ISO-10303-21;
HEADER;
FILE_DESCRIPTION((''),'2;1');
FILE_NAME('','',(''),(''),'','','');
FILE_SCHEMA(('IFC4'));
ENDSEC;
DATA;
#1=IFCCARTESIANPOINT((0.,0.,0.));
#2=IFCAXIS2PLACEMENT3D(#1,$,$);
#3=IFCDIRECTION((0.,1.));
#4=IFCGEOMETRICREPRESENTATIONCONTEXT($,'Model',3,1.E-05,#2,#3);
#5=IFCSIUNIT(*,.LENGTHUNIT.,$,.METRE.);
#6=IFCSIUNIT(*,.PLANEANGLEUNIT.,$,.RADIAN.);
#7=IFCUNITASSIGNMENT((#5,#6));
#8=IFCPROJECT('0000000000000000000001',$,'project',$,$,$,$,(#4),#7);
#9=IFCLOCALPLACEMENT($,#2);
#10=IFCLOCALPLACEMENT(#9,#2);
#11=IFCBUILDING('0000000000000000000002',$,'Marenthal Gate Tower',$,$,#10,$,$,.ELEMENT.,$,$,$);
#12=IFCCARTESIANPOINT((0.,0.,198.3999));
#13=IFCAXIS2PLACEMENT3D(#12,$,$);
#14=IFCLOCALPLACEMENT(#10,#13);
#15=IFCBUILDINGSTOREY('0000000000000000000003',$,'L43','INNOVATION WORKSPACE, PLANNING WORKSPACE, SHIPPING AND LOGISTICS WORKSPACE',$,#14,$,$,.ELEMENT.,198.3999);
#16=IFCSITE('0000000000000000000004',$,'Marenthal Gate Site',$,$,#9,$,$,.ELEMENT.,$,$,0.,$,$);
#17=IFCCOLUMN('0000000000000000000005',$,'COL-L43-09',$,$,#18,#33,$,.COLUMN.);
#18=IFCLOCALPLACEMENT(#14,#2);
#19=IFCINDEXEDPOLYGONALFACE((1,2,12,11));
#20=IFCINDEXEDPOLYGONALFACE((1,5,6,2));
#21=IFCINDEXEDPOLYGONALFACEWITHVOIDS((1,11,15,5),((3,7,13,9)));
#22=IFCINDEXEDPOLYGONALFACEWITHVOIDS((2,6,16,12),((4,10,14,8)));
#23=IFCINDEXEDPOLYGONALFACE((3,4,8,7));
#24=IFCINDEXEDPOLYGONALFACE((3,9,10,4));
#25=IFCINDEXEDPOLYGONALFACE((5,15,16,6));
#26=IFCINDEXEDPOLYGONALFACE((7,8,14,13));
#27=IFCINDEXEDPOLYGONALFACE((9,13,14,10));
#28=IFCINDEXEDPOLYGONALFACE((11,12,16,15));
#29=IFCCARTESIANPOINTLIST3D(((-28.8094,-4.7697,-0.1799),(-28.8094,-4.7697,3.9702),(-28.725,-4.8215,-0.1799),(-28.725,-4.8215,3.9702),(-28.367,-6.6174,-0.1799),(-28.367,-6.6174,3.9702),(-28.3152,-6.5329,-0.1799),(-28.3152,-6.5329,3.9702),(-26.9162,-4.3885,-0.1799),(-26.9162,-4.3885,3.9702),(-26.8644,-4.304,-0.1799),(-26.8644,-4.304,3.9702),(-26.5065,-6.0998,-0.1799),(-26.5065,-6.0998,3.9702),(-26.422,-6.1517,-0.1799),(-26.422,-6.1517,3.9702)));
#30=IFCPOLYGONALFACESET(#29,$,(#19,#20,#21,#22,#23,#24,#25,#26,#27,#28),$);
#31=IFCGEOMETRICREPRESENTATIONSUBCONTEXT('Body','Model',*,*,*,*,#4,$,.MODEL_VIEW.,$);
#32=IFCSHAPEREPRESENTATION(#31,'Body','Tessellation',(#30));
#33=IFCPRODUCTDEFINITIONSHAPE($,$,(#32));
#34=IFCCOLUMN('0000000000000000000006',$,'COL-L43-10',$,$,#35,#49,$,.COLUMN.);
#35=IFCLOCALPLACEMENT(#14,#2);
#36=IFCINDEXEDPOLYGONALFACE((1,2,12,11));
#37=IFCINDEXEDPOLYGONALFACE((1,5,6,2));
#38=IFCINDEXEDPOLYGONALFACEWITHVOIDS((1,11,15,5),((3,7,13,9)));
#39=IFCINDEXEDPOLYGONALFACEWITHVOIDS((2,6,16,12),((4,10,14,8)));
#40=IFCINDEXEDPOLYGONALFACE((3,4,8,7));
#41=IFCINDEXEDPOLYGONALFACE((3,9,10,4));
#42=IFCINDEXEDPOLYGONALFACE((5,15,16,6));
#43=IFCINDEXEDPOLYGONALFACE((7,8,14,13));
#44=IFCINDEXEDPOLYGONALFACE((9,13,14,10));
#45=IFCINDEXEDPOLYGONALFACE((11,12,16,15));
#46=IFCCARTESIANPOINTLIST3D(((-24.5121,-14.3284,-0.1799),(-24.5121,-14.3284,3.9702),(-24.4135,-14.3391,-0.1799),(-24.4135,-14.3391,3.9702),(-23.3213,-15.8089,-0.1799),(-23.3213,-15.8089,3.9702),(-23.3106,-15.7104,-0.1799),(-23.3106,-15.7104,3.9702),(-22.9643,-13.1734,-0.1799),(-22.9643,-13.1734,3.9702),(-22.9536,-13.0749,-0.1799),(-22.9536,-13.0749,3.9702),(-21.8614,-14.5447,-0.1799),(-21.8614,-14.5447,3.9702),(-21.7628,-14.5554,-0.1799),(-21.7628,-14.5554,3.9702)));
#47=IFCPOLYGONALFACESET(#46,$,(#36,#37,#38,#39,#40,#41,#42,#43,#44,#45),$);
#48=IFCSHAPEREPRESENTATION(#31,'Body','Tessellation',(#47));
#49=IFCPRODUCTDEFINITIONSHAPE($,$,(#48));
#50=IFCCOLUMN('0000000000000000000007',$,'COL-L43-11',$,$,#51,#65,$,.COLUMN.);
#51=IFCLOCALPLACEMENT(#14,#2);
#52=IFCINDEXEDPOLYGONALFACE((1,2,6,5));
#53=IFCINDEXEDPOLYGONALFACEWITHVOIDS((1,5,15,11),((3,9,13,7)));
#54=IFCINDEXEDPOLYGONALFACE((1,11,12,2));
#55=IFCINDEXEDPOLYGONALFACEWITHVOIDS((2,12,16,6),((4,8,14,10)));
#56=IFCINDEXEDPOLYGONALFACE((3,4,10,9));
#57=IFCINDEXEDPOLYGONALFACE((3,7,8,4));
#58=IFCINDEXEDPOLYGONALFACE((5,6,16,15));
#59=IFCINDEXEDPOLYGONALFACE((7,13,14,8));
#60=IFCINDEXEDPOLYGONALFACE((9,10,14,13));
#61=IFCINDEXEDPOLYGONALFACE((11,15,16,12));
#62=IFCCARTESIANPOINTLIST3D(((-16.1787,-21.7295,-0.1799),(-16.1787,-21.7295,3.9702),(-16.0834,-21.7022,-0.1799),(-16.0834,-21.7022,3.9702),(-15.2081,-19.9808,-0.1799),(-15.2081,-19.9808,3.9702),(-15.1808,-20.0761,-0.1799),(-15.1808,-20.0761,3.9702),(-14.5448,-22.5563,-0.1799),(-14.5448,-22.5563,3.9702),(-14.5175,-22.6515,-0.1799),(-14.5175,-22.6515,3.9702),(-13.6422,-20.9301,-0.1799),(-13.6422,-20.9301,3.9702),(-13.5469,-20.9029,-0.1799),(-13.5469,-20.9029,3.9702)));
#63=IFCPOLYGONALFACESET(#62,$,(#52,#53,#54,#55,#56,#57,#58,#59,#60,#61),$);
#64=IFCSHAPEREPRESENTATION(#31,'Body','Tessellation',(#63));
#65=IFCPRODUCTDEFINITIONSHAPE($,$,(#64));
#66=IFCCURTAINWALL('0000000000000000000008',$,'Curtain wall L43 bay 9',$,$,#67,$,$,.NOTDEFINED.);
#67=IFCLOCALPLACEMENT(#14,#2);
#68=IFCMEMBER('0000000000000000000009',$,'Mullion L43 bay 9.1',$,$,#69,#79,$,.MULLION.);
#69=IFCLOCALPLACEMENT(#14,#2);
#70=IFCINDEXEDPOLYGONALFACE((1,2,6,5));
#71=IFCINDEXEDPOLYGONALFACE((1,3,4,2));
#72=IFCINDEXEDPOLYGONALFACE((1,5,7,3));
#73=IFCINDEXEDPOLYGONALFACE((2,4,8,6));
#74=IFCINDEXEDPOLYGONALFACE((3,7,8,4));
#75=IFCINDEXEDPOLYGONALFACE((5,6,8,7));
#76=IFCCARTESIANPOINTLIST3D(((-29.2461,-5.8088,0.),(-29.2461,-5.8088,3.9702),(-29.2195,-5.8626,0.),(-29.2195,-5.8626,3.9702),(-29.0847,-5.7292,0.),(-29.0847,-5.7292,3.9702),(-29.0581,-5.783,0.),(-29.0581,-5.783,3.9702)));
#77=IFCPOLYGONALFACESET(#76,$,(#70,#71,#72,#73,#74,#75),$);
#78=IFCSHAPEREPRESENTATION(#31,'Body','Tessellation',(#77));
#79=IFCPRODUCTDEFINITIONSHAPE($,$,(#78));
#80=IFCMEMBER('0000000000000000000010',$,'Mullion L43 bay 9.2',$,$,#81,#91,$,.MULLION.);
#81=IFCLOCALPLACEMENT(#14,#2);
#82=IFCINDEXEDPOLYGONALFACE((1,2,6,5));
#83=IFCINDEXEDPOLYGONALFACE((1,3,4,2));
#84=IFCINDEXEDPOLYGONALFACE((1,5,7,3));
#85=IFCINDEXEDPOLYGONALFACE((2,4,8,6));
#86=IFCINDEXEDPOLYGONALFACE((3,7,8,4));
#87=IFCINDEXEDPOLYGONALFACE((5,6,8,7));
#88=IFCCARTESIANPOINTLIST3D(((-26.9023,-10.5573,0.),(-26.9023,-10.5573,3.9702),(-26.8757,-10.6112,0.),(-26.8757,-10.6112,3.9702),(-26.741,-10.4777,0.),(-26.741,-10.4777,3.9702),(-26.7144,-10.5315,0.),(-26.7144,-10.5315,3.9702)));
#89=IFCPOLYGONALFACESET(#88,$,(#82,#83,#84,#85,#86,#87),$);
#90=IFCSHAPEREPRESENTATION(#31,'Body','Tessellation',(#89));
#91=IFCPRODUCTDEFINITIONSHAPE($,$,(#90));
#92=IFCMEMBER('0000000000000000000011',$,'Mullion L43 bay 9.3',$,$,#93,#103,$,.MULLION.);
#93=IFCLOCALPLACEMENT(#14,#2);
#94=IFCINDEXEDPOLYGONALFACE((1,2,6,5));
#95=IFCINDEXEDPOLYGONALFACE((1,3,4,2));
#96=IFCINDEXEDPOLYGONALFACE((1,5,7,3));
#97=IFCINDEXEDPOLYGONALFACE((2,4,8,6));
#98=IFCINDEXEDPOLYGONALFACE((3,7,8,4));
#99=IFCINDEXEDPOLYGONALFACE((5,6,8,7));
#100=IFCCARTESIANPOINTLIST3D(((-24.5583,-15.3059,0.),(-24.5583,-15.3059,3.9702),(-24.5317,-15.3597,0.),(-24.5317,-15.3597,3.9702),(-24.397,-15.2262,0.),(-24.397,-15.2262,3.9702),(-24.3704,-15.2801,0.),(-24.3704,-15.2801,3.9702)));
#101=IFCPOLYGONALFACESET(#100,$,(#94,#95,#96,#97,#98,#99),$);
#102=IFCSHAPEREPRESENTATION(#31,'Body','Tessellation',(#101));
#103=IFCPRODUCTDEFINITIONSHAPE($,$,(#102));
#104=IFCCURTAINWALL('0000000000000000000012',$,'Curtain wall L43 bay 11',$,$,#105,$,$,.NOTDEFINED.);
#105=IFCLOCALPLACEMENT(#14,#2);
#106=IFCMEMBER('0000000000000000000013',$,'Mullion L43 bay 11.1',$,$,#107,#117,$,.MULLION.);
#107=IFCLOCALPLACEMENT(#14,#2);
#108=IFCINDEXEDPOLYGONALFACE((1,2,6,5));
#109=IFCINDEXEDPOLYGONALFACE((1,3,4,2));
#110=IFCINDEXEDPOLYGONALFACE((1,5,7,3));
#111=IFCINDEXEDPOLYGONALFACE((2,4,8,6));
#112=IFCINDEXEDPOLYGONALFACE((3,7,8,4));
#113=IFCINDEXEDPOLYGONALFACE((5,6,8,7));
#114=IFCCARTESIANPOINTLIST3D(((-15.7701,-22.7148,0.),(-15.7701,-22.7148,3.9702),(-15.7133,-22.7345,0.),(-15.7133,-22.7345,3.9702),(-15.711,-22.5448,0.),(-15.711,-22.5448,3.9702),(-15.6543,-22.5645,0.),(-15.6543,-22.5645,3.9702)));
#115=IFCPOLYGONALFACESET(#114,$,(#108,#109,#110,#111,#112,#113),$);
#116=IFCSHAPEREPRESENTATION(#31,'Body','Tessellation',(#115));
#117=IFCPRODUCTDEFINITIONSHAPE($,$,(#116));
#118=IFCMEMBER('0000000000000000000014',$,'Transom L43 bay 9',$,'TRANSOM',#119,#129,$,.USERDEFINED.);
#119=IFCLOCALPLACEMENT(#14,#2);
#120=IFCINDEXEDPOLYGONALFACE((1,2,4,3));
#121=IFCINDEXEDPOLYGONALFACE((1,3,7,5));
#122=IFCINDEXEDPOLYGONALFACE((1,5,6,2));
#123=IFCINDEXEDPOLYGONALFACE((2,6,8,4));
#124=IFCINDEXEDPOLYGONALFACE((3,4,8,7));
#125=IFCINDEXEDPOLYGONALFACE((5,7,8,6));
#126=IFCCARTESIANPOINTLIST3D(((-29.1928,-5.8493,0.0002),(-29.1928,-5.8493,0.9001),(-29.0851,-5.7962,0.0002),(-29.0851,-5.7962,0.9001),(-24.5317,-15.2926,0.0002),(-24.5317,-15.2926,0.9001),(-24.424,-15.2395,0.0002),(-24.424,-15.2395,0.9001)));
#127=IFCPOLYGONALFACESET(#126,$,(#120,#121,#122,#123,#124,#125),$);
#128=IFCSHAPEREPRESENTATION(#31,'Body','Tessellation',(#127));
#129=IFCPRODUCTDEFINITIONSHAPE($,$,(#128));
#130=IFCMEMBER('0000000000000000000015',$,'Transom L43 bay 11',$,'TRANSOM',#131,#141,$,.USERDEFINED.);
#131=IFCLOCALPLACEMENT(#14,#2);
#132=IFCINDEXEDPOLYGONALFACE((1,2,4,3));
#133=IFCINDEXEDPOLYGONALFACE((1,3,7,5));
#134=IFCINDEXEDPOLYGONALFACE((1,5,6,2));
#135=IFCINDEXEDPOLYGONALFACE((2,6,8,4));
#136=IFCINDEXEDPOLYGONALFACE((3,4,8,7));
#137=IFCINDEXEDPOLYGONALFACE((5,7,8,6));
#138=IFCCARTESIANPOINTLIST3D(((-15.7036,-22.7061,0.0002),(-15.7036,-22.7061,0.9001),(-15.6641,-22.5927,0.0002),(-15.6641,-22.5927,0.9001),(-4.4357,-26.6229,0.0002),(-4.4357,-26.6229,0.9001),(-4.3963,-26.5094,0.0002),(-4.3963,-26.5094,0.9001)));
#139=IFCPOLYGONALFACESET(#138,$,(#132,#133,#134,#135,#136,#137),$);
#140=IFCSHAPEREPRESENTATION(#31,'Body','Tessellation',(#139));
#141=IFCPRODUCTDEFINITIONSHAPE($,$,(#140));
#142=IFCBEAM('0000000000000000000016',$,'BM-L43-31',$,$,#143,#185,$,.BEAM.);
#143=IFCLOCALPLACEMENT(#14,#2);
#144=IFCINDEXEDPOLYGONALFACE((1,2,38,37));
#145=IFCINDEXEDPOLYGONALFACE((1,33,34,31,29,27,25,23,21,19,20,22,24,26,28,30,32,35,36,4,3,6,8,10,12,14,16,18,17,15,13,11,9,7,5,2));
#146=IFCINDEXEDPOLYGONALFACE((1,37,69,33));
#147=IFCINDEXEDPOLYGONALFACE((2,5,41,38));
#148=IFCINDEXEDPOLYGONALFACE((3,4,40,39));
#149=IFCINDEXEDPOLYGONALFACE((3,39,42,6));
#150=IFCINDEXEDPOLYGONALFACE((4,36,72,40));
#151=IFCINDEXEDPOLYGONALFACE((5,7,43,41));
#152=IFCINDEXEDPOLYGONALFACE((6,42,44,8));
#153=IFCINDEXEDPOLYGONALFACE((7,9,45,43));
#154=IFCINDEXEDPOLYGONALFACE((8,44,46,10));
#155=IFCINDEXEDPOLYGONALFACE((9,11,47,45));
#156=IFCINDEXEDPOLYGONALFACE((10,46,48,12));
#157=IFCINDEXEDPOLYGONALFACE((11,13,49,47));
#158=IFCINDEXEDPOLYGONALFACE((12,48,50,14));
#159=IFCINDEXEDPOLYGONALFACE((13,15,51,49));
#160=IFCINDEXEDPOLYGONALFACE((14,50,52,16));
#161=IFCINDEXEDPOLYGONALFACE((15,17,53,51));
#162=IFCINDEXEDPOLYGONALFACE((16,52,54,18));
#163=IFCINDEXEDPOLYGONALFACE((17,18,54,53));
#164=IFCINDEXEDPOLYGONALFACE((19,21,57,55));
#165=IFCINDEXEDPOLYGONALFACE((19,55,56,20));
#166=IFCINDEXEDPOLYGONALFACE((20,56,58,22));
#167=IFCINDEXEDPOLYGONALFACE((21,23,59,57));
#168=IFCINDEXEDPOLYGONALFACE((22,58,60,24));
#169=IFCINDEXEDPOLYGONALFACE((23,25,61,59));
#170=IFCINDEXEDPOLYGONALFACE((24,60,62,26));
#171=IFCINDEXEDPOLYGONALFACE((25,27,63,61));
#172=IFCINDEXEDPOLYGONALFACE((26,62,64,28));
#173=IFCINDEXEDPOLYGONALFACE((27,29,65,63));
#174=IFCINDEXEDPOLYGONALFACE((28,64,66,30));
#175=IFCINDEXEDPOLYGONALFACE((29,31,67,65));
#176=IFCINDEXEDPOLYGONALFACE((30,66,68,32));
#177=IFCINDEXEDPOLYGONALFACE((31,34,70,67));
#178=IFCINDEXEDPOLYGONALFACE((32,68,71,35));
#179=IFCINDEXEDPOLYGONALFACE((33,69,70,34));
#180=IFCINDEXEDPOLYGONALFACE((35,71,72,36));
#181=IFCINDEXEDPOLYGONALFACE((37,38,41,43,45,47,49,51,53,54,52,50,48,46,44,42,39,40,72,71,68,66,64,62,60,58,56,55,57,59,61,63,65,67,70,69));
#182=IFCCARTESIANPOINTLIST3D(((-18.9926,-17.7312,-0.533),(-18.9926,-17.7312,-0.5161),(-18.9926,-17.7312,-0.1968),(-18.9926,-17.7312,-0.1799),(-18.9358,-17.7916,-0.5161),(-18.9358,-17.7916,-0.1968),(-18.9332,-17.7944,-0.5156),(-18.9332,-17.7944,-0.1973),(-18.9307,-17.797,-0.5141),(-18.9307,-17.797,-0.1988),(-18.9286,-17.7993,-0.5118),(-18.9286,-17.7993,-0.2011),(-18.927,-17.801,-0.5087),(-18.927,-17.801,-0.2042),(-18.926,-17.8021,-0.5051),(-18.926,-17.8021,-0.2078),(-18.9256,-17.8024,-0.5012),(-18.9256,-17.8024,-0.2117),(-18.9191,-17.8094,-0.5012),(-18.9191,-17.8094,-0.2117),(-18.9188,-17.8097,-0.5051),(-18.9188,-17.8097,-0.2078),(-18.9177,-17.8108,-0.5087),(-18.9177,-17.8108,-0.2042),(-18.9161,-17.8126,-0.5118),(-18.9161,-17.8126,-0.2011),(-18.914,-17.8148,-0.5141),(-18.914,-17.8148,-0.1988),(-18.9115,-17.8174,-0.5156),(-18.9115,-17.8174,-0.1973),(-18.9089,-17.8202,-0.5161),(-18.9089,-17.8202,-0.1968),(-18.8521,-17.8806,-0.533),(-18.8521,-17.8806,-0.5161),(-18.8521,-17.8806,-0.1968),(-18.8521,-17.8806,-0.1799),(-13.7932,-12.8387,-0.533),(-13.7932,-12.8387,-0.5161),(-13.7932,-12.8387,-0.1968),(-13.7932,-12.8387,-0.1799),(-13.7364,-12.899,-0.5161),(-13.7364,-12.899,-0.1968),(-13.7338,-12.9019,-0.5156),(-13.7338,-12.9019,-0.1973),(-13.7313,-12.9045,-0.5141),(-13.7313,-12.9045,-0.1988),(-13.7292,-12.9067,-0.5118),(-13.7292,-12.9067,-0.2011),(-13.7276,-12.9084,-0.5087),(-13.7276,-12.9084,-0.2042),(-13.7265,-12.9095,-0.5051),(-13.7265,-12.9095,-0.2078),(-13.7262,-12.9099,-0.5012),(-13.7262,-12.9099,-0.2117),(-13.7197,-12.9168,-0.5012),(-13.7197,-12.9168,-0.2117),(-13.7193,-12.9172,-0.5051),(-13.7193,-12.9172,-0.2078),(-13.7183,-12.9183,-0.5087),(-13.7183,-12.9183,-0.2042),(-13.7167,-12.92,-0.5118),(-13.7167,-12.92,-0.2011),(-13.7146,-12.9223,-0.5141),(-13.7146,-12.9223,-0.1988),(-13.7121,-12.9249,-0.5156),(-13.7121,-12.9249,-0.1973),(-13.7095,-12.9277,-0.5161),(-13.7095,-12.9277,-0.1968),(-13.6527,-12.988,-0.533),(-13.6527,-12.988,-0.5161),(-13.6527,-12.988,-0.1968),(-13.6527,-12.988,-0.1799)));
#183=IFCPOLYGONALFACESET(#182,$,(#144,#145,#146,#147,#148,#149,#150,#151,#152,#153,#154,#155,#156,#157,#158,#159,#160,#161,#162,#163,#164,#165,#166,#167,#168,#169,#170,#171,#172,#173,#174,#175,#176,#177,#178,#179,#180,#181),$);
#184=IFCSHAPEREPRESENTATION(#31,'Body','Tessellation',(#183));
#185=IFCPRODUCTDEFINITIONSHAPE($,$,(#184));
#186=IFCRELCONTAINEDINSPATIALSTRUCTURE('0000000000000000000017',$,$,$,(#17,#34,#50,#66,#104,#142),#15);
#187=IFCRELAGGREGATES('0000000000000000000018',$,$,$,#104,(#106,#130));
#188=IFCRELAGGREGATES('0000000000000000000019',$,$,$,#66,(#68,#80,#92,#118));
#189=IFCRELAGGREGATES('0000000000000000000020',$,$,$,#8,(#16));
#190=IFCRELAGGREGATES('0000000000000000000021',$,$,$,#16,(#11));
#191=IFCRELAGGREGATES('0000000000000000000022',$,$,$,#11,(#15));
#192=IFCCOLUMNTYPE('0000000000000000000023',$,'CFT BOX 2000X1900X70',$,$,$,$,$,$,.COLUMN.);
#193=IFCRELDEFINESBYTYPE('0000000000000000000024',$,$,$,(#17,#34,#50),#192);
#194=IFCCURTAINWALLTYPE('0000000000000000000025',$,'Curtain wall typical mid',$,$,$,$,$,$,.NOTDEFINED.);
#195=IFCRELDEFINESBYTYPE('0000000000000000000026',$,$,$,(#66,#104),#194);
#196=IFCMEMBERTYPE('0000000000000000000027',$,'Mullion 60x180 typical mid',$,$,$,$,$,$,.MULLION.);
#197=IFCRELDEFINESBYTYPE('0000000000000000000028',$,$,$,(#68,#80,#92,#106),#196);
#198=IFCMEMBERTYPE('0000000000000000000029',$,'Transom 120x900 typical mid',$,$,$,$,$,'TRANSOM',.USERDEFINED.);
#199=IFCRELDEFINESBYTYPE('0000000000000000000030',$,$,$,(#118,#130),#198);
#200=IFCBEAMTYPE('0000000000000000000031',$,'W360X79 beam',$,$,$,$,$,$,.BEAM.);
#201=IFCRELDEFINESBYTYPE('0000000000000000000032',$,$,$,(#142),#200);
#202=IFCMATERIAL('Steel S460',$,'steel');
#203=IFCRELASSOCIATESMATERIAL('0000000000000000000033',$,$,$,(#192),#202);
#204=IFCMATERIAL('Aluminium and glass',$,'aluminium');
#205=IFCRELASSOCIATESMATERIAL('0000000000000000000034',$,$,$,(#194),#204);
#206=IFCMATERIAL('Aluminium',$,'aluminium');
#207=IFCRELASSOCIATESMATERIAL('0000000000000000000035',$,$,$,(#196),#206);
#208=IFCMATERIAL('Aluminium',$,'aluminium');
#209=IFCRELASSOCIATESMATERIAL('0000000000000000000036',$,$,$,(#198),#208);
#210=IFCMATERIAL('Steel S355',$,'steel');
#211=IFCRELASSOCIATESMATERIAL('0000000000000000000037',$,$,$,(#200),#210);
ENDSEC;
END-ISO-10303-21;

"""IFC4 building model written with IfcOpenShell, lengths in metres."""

from ifc_helpers import new_model, si_unit, direction, frame, origin, origin_2d, place, context, subcontext, project, spatial, rectangle, hollow_rectangle, i_section, extrude, material, material_profile, profile_set, type_object, element, aggregate, save


model = new_model("IFC4")

# Units and contexts
model_context = context("Model", 3, precision=1e-05, world=origin(), true_north=direction((0.0, 1.0)))
body_context = subcontext(model_context, "Body", "Model", "MODEL_VIEW")
ifc_project = project(units=[si_unit("LENGTHUNIT", "METRE"), si_unit("PLANEANGLEUNIT", "RADIAN")], contexts=[model_context])

# Site, building, storey
site_placement = place(None, origin())
site = spatial("IfcSite", under=ifc_project, at=site_placement, Name="Marenthal Gate Site", CompositionType="ELEMENT", RefElevation=0.0)
building_placement = place(site_placement, origin())
building = spatial("IfcBuilding", under=site, at=building_placement, Name="Marenthal Gate Tower", CompositionType="ELEMENT")
storey_placement = place(building_placement, frame((0.0, 0.0, 198.3999)))
storey = spatial("IfcBuildingStorey", under=building, at=storey_placement, Name="L43", Description="INNOVATION WORKSPACE, PLANNING WORKSPACE, SHIPPING AND LOGISTICS WORKSPACE", CompositionType="ELEMENT", Elevation=198.3999)

# Columns
ifc_material_1 = material(Name="Steel S460", Category="steel")
ifc_material_profile_1 = material_profile(ifc_material_1, hollow_rectangle(XDim=1.8999, YDim=2.0, WallThickness=0.0701, at=origin_2d()), Name="CFT BOX 2000X1900X70")
ifc_material_2 = material(Name="Concrete 70 MPa", Category="concrete")
ifc_material_profile_2 = material_profile(ifc_material_2, rectangle(XDim=1.76, YDim=1.8601, at=origin_2d()), Name="CFT BOX 2000X1900X70 INFILL")
ifc_profile_set_1 = profile_set([ifc_material_profile_1, ifc_material_profile_2], Name="Steel S460 shell, Concrete 70 MPa infill")
column_type = type_object("IfcColumnType", Name="CFT BOX 2000X1900X70", PredefinedType="COLUMN", material=ifc_profile_set_1)
for number, where, z_axis, x_axis, name in (
    (1, (-27.6157, -5.4607, -0.1799), (0.0, 0.0, 1.0), (-0.232863, 0.972509, 0.0), "COL-L43-09"),
    (2, (-23.1375, -14.4419, -0.1799), (0.0, 0.0, 1.0), (-0.626752, 0.779219, 0.0), "COL-L43-10"),
    (3, (-14.8628, -21.3162, -0.1799), (0.0, 0.0, 1.0), (-0.874337, 0.485319, 0.0), "COL-L43-11"),
):
    element("IfcColumn", number, at=place(storey_placement, frame(where, z_axis=z_axis, x_axis=x_axis)), inside=storey, type_object=column_type, Name=name, PredefinedType="COLUMN", context=body_context, shape_type="SweptSolid", body=[
        extrude(hollow_rectangle(XDim=1.8999, YDim=2.0, WallThickness=0.0701, at=origin_2d()), origin(), (0.0, 0.0, 1.0), 4.1501),
    ])

# Curtain wall, members
ifc_material_3 = material(Name="Aluminium and glass", Category="aluminium")
curtain_wall_type = type_object("IfcCurtainWallType", Name="Curtain wall typical mid", PredefinedType="NOTDEFINED", material=ifc_material_3)
curtain_wall_1_placement = place(storey_placement, origin())
curtain_wall_1 = element("IfcCurtainWall", 4, at=curtain_wall_1_placement, inside=storey, type_object=curtain_wall_type, Name="Curtain wall L43 bay 9", PredefinedType="NOTDEFINED")
ifc_material_4 = material(Name="Aluminium", Category="aluminium")
ifc_material_profile_3 = material_profile(ifc_material_4, rectangle(XDim=0.1799, YDim=0.0601, at=origin_2d()), Name="60x180 aluminium mullion")
ifc_profile_set_2 = profile_set([ifc_material_profile_3], Name="Aluminium")
member_type_1 = type_object("IfcMemberType", Name="Mullion 60x180 typical mid", PredefinedType="MULLION", material=ifc_profile_set_2)
member_1_placement = place(storey_placement, frame((-29.1521, -5.7959, 0.0), z_axis=(0.0, 0.0, 1.0), x_axis=(0.896716, 0.442607, 0.0)))
member_1 = element("IfcMember", 5, at=member_1_placement, type_object=member_type_1, Name="Mullion L43 bay 9.1", PredefinedType="MULLION", context=body_context, shape_type="SweptSolid", body=[
    extrude(rectangle(XDim=0.1799, YDim=0.0601, at=origin_2d()), origin(), (0.0, 0.0, 1.0), 3.9702),
])
member_2_placement = place(storey_placement, frame((-26.8083, -10.5444, 0.0), z_axis=(0.0, 0.0, 1.0), x_axis=(0.896716, 0.442607, 0.0)))
member_2 = element("IfcMember", 6, at=member_2_placement, type_object=member_type_1, Name="Mullion L43 bay 9.2", PredefinedType="MULLION", context=body_context, shape_type="SweptSolid", body=[
    extrude(rectangle(XDim=0.1799, YDim=0.0601, at=origin_2d()), origin(), (0.0, 0.0, 1.0), 3.9702),
])
member_3_placement = place(storey_placement, frame((-24.4644, -15.293, 0.0), z_axis=(0.0, 0.0, 1.0), x_axis=(0.896716, 0.442607, 0.0)))
member_3 = element("IfcMember", 7, at=member_3_placement, type_object=member_type_1, Name="Mullion L43 bay 9.3", PredefinedType="MULLION", context=body_context, shape_type="SweptSolid", body=[
    extrude(rectangle(XDim=0.1799, YDim=0.0601, at=origin_2d()), origin(), (0.0, 0.0, 1.0), 3.9702),
])

# Curtain wall, member
curtain_wall_2_placement = place(storey_placement, origin())
curtain_wall_2 = element("IfcCurtainWall", 8, at=curtain_wall_2_placement, inside=storey, type_object=curtain_wall_type, Name="Curtain wall L43 bay 11", PredefinedType="NOTDEFINED")
member_4_placement = place(storey_placement, frame((-15.7122, -22.6396, 0.0), z_axis=(0.0, 0.0, 1.0), x_axis=(0.328332, 0.944562, 0.0)))
member_4 = element("IfcMember", 9, at=member_4_placement, type_object=member_type_1, Name="Mullion L43 bay 11.1", PredefinedType="MULLION", context=body_context, shape_type="SweptSolid", body=[
    extrude(rectangle(XDim=0.1799, YDim=0.0601, at=origin_2d()), origin(), (0.0, 0.0, 1.0), 3.9702),
])

# Members
ifc_material_5 = material(Name="Aluminium", Category="aluminium")
ifc_material_profile_4 = material_profile(ifc_material_5, rectangle(XDim=0.1201, YDim=0.8999, at=origin_2d()), Name="120x900 aluminium transom")
ifc_profile_set_3 = profile_set([ifc_material_profile_4], Name="Aluminium")
member_type_2 = type_object("IfcMemberType", Name="Transom 120x900 typical mid", ElementType="TRANSOM", PredefinedType="USERDEFINED", material=ifc_profile_set_3)
member_5_placement = place(storey_placement, frame((-29.1389, -5.8228, 0.4502), z_axis=(0.442608, -0.896715, 0.0), x_axis=(0.896715, 0.442608, 0.0)))
member_5 = element("IfcMember", 10, at=member_5_placement, type_object=member_type_2, Name="Transom L43 bay 9", ObjectType="TRANSOM", PredefinedType="USERDEFINED", context=body_context, shape_type="SweptSolid", body=[
    extrude(rectangle(XDim=0.1201, YDim=0.8999, at=origin_2d()), origin(), (0.0, 0.0, 1.0), 10.531),
])
member_6_placement = place(storey_placement, frame((-15.6838, -22.6494, 0.4502), z_axis=(0.944562, -0.328334, 0.0), x_axis=(0.328334, 0.944562, 0.0)))
member_6 = element("IfcMember", 11, at=member_6_placement, type_object=member_type_2, Name="Transom L43 bay 11", ObjectType="TRANSOM", PredefinedType="USERDEFINED", context=body_context, shape_type="SweptSolid", body=[
    extrude(rectangle(XDim=0.1201, YDim=0.8999, at=origin_2d()), origin(), (0.0, 0.0, 1.0), 11.9292),
])
aggregate(curtain_wall_2, [member_4, member_6])

# Beam
ifc_material_6 = material(Name="Steel S355", Category="steel")
ifc_material_profile_5 = material_profile(ifc_material_6, i_section(OverallWidth=0.2051, OverallDepth=0.353, WebThickness=0.0095, FlangeThickness=0.0168, FilletRadius=0.0149, at=origin_2d()), Name="W360X79")
ifc_profile_set_4 = profile_set([ifc_material_profile_5], Name="Steel S355")
beam_type_1 = type_object("IfcBeamType", Name="W360X79 beam", PredefinedType="BEAM", material=ifc_profile_set_4)
beam_1_placement = place(storey_placement, frame((-18.9224, -17.8059, -0.3564), z_axis=(0.728272, 0.685288, 0.0), x_axis=(-0.685288, 0.728272, 0.0)))
element("IfcBeam", 12, at=beam_1_placement, inside=storey, type_object=beam_type_1, Name="BM-L43-31", PredefinedType="BEAM", context=body_context, shape_type="SweptSolid", body=[
    extrude(i_section(OverallWidth=0.2051, OverallDepth=0.353, WebThickness=0.0095, FlangeThickness=0.0168, FilletRadius=0.0149, at=origin_2d()), origin(), (0.0, 0.0, 1.0), 7.1394),
])

aggregate(curtain_wall_1, [member_1, member_2, member_3, member_5])

save(model, "model.ifc")
